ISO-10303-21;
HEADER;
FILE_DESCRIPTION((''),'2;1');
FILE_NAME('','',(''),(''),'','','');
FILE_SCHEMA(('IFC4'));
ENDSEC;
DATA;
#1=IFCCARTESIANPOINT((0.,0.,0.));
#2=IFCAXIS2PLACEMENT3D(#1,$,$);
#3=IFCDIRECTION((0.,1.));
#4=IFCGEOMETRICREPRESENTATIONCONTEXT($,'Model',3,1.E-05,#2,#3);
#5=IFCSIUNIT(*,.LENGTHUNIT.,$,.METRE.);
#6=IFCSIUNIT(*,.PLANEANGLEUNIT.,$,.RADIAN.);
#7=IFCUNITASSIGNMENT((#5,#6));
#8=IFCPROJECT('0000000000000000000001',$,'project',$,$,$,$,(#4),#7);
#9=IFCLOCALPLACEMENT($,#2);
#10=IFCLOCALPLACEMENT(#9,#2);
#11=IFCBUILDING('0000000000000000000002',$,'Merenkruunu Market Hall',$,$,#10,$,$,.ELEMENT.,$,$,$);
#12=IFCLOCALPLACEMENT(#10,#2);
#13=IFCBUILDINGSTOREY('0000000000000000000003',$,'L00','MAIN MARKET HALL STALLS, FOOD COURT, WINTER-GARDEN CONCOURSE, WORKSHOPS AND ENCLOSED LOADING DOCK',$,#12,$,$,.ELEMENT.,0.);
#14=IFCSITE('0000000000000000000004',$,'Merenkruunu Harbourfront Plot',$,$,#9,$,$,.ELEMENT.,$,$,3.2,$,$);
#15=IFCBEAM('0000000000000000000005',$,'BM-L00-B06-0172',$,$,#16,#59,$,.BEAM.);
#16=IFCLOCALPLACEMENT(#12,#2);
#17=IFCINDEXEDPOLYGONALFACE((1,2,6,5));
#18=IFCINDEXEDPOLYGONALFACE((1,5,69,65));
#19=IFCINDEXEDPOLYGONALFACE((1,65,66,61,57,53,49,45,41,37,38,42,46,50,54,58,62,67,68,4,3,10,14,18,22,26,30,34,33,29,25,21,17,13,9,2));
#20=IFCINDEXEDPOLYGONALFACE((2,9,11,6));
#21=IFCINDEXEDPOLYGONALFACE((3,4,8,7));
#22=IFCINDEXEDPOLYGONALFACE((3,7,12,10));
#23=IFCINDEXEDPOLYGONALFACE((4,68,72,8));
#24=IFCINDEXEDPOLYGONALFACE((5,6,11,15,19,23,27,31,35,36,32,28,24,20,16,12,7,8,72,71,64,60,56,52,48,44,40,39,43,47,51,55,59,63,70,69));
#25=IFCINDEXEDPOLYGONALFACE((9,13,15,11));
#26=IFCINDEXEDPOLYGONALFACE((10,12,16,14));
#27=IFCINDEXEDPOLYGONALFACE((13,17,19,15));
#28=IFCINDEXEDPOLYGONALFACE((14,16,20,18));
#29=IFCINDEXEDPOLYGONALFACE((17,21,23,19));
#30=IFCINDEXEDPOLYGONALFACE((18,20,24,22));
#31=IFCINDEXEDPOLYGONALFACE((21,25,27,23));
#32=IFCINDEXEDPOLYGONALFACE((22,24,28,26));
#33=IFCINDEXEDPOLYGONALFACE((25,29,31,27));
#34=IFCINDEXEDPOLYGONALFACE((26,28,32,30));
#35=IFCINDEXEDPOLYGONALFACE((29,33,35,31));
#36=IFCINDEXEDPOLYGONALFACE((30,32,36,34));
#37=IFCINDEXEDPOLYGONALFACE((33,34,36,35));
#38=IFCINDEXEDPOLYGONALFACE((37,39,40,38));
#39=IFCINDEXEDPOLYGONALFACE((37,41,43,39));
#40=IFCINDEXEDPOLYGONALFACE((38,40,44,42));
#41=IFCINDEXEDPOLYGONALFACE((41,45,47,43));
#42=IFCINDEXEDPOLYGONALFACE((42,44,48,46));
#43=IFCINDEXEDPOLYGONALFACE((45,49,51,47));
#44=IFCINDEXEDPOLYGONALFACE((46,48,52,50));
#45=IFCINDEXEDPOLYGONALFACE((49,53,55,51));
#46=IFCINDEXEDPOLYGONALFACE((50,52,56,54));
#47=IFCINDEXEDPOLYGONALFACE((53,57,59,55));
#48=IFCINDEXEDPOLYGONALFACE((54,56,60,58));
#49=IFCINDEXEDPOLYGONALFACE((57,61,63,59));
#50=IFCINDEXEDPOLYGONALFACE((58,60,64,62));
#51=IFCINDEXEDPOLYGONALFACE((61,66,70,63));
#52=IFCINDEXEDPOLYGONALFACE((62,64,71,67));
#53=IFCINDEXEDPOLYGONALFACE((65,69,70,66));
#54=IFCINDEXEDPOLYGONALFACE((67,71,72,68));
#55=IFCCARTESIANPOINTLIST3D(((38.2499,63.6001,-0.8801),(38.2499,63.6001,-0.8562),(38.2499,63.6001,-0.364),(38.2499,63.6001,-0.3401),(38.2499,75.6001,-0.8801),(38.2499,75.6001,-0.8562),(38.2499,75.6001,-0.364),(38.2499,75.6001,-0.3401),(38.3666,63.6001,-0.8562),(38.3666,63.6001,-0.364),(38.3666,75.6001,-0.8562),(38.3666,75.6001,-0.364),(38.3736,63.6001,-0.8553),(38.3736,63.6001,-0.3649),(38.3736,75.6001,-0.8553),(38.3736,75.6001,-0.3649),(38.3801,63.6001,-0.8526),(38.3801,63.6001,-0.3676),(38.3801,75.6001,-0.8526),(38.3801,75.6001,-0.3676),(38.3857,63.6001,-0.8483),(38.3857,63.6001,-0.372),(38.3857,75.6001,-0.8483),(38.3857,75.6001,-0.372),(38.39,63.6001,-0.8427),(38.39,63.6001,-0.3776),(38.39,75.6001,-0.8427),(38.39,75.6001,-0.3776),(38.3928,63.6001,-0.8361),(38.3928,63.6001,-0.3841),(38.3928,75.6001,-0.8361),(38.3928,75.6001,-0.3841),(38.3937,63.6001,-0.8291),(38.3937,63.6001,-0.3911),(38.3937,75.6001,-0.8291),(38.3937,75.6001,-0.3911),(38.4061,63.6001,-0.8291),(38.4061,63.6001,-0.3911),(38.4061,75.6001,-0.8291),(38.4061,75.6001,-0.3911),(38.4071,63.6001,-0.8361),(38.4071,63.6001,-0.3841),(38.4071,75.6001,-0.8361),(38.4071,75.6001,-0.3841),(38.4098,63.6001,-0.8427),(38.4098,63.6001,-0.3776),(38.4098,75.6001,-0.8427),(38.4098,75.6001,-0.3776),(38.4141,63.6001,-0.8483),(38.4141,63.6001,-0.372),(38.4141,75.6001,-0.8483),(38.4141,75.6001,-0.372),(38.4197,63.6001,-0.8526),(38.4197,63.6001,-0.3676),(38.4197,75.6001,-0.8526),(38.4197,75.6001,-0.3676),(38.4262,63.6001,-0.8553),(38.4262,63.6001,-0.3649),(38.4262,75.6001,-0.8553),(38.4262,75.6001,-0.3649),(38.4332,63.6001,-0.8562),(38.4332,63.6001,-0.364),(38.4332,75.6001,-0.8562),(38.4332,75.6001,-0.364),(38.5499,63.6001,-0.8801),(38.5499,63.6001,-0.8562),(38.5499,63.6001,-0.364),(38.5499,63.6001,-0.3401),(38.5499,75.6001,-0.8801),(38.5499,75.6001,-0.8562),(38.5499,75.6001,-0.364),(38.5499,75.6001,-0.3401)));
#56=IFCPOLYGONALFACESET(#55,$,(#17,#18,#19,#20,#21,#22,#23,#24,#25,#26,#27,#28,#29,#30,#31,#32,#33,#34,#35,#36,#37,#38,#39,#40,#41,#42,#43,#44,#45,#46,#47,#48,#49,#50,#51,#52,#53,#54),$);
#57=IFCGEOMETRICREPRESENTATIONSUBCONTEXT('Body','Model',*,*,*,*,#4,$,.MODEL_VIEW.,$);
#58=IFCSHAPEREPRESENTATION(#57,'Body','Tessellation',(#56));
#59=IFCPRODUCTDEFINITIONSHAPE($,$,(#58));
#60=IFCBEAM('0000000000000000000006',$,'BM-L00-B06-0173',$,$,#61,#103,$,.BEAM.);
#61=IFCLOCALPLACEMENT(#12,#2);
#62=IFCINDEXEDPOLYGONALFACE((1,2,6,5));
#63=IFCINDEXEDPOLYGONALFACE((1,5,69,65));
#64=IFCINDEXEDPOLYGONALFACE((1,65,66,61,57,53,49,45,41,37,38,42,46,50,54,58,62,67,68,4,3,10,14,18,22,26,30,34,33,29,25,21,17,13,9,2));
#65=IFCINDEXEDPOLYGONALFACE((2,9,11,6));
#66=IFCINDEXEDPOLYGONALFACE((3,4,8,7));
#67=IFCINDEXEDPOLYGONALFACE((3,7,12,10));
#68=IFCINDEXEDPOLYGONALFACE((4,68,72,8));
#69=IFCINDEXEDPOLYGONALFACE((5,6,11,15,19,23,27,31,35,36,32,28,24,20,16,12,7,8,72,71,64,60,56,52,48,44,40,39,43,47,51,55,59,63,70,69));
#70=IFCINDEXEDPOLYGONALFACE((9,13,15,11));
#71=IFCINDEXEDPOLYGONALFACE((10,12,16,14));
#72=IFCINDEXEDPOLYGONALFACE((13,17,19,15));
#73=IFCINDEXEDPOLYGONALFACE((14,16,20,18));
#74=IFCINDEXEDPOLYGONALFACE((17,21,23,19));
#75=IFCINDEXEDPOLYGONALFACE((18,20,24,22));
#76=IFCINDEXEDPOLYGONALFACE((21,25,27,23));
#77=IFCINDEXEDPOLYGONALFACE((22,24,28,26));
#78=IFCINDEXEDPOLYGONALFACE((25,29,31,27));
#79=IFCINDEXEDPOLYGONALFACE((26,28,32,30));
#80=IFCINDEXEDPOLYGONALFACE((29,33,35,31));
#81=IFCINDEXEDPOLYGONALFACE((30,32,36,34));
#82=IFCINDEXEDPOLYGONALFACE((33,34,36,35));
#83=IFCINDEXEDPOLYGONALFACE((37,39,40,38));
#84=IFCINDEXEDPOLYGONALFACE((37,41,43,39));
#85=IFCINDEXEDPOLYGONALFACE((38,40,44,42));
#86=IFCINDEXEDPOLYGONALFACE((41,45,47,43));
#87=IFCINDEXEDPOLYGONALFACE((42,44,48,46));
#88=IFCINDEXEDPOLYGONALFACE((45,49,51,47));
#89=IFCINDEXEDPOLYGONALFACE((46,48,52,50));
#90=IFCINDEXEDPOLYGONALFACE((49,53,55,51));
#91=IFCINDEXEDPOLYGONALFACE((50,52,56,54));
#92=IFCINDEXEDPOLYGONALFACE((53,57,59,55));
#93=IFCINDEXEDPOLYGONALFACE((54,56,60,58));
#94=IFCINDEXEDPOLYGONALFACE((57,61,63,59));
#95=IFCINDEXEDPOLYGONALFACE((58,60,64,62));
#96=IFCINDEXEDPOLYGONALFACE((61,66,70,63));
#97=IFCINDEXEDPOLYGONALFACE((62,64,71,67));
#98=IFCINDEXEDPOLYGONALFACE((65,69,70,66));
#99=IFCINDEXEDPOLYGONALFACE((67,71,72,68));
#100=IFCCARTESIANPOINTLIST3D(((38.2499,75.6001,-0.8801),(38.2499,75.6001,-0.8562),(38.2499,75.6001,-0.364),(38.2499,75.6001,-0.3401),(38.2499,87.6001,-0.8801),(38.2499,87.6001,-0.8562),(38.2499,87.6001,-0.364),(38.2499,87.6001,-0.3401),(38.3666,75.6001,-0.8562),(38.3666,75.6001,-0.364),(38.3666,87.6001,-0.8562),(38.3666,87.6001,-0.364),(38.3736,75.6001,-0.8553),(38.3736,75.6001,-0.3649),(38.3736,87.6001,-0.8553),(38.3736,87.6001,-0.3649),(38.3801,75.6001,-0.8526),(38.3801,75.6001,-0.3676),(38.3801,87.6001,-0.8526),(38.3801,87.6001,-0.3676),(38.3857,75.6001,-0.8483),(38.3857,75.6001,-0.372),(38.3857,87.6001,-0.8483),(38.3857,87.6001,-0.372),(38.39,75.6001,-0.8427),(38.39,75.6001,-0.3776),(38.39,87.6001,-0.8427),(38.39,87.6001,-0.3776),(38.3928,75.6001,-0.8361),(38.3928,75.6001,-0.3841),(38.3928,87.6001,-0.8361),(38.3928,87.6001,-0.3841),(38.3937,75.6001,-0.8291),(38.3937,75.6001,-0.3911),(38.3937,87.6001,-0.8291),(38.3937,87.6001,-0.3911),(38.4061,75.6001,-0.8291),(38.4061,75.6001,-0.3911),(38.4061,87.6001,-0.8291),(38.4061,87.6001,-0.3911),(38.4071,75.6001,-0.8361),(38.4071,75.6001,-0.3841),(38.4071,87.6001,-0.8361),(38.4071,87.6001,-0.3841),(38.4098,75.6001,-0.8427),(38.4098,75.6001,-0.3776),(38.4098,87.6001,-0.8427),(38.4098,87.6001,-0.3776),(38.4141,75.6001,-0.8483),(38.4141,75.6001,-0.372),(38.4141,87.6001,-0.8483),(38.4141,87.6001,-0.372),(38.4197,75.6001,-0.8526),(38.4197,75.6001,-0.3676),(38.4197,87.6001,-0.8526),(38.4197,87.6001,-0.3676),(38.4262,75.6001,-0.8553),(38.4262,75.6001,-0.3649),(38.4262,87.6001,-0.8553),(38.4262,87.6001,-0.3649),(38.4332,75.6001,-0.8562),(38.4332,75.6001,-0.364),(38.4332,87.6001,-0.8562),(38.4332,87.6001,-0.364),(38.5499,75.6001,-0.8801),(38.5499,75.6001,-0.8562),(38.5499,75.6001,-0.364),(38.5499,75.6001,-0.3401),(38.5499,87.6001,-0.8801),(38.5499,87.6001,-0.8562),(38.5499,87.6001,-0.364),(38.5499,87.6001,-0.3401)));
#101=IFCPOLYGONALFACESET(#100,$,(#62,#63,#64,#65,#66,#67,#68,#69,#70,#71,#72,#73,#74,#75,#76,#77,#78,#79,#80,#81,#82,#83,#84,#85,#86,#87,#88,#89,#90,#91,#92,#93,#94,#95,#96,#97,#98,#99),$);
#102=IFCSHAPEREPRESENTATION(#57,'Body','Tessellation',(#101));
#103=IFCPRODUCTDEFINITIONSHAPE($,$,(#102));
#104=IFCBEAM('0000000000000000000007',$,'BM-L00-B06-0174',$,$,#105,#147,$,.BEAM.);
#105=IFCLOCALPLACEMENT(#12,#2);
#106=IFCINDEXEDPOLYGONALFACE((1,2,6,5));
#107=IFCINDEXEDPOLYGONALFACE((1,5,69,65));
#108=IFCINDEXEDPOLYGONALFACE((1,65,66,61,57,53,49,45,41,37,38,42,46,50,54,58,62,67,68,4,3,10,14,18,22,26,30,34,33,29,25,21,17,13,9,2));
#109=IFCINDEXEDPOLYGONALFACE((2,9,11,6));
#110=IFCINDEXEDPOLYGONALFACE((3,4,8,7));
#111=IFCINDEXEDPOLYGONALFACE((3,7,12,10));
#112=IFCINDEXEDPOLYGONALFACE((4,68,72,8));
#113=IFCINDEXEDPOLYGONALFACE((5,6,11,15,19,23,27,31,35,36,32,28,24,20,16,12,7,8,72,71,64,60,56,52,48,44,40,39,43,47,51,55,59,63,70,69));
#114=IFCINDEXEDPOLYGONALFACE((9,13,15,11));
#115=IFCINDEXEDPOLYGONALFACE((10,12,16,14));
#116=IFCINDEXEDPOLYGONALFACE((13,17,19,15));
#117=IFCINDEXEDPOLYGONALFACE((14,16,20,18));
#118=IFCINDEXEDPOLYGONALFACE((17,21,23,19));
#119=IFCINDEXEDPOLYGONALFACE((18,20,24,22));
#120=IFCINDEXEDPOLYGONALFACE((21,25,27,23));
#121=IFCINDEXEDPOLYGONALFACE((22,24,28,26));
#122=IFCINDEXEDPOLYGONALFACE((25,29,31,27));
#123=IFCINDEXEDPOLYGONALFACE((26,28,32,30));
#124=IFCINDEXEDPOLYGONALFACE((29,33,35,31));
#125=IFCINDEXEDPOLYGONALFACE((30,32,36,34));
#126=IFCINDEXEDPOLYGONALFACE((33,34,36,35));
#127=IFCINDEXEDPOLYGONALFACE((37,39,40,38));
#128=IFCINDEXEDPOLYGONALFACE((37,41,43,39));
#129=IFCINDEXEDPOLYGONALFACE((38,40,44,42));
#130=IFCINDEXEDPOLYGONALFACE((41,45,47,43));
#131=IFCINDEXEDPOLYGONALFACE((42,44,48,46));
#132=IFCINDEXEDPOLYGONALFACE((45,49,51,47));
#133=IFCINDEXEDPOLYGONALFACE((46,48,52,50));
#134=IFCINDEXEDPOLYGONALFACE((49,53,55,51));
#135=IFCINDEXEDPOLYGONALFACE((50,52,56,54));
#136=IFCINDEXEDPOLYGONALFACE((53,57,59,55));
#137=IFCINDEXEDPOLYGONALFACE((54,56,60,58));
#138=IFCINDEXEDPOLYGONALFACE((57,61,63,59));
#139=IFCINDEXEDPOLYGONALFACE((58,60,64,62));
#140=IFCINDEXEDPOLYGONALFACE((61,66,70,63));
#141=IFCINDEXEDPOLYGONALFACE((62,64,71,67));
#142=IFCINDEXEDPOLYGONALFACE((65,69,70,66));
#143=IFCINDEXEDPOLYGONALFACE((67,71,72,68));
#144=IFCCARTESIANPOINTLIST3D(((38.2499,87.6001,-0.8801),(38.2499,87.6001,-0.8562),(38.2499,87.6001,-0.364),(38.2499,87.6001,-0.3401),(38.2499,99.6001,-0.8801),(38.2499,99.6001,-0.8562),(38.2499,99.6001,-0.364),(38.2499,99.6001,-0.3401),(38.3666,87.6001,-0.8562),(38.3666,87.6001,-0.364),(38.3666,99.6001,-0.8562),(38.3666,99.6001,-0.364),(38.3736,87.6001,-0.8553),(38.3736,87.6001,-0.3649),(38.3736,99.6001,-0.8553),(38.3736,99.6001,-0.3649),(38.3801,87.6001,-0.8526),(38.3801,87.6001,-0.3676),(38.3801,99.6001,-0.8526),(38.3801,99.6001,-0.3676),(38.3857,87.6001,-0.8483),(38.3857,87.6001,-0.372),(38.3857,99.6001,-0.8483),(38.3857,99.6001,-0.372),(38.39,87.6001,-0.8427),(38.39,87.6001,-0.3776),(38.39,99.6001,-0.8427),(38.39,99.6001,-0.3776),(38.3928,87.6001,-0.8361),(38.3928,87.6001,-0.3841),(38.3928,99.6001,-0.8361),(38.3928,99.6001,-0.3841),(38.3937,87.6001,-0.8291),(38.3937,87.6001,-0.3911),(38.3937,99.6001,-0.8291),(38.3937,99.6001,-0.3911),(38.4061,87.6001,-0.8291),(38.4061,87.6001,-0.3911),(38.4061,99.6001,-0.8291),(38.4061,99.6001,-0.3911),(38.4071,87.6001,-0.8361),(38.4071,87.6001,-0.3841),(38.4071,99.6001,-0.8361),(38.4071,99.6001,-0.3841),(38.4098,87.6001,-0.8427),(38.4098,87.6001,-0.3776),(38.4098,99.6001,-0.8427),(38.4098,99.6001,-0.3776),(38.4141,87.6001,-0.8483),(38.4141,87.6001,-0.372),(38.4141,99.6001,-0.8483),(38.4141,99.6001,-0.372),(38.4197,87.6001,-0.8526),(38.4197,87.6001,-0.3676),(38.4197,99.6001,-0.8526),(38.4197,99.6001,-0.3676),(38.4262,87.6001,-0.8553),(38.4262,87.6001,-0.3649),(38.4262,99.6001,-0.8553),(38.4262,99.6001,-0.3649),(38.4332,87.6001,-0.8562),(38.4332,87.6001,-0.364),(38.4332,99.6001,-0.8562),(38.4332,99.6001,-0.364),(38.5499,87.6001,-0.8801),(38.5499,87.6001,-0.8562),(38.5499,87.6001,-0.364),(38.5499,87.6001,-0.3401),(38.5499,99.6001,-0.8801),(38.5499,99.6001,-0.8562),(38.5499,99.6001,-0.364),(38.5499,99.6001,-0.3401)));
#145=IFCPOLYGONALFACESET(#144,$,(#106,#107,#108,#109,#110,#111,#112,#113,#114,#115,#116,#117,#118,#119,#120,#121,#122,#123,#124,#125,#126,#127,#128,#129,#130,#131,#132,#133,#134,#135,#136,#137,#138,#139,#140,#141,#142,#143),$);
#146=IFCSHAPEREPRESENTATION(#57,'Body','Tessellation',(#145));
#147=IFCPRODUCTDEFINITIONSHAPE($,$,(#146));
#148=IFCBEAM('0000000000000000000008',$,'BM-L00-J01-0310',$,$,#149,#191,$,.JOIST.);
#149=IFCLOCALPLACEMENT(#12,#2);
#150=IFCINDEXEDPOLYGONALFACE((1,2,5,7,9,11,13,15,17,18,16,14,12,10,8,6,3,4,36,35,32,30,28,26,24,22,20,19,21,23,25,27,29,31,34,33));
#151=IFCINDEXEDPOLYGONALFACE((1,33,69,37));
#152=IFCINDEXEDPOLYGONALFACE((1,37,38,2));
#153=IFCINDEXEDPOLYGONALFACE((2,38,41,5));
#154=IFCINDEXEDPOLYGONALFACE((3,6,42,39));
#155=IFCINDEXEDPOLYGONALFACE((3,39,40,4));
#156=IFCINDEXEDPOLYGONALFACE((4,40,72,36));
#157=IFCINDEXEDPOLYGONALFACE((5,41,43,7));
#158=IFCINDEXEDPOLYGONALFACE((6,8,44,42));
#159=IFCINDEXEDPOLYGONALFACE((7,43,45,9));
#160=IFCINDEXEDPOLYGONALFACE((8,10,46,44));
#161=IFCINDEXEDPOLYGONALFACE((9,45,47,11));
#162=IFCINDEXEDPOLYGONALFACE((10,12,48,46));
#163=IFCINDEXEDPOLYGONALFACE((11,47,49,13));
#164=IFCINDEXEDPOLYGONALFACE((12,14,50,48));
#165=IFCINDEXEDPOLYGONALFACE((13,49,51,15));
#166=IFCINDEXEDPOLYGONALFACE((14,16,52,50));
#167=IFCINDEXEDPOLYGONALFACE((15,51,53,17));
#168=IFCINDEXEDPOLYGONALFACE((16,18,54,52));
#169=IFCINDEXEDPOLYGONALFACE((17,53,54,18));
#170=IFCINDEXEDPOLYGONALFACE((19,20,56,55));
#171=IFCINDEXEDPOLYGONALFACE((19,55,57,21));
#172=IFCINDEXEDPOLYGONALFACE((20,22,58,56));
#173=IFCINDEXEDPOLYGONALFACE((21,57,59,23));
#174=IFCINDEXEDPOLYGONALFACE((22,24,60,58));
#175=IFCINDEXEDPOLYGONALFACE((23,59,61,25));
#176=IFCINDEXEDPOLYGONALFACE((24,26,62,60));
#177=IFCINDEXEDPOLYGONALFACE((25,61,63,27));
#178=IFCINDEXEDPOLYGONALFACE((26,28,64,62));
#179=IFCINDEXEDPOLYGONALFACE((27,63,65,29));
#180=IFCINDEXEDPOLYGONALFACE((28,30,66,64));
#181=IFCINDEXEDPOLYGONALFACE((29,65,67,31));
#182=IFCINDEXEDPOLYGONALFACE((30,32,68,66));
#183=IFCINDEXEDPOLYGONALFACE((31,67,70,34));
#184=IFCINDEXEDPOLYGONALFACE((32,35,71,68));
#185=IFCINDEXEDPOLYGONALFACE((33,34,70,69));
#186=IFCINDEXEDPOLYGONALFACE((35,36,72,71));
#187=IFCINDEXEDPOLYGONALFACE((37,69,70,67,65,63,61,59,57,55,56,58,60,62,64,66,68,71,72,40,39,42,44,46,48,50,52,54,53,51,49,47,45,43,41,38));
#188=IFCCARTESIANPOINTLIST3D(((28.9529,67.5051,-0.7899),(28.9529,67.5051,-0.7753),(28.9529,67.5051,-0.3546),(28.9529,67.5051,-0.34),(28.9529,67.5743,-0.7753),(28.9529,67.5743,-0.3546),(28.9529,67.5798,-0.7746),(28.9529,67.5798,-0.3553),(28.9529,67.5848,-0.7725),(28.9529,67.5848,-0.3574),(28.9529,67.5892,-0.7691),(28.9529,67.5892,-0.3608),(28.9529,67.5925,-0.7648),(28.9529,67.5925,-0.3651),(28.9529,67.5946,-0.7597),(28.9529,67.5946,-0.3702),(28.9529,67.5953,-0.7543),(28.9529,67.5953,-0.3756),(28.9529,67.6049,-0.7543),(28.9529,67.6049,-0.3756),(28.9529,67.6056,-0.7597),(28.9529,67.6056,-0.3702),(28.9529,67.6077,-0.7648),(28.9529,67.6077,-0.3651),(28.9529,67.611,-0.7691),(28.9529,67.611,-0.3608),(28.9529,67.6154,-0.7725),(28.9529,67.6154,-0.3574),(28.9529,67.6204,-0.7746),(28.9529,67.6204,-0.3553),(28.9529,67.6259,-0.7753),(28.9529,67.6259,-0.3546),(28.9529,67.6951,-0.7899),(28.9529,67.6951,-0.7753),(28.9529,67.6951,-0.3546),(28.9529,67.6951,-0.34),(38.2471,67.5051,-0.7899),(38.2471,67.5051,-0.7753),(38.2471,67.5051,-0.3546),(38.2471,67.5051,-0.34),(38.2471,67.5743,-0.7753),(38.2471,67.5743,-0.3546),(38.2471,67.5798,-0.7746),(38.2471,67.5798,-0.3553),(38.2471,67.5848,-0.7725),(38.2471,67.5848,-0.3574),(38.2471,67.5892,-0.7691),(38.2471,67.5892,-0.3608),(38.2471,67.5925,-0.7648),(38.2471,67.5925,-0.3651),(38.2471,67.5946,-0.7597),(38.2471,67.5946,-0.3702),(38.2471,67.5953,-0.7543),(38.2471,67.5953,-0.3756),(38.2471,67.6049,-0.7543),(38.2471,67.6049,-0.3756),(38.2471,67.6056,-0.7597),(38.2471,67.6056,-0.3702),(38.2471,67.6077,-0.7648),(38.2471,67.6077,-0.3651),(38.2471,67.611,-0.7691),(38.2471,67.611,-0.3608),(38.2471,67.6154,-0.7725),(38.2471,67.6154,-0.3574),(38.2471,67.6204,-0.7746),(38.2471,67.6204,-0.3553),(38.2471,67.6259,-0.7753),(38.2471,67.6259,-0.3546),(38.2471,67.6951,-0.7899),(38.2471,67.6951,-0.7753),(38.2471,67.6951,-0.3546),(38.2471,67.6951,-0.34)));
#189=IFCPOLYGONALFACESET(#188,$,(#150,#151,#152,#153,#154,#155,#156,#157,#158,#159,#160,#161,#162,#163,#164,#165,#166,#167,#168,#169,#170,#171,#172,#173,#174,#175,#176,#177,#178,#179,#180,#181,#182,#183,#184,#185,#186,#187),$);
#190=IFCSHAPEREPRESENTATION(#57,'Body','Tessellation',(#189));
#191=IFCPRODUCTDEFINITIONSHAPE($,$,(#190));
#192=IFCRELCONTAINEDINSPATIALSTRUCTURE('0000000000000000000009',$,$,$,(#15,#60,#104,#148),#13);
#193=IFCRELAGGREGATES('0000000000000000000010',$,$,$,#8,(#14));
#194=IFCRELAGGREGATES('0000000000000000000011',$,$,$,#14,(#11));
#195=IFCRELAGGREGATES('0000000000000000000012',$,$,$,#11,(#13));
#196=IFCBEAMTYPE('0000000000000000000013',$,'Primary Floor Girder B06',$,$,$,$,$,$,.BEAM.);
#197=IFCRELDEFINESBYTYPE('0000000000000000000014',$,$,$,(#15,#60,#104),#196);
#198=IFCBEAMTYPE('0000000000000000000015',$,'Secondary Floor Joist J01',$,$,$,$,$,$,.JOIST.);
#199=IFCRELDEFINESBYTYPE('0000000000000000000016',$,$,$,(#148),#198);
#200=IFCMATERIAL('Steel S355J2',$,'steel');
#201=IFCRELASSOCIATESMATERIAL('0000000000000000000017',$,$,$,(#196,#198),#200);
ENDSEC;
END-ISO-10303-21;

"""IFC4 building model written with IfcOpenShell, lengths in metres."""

from ifc_helpers import new_model, si_unit, direction, frame, origin, origin_2d, place, context, subcontext, project, spatial, i_section, extrude, material, material_profile, profile_set, type_object, element, save


model = new_model("IFC4")

# Units and contexts
model_context = context("Model", 3, precision=1e-05, world=origin(), true_north=direction((0.0, 1.0)))
body_context = subcontext(model_context, "Body", "Model", "MODEL_VIEW")
ifc_project = project(units=[si_unit("LENGTHUNIT", "METRE"), si_unit("PLANEANGLEUNIT", "RADIAN")], contexts=[model_context])

# Site, building, storey
site_placement = place(None, origin())
site = spatial("IfcSite", under=ifc_project, at=site_placement, Name="Merenkruunu Harbourfront Plot", CompositionType="ELEMENT", RefElevation=3.2)
building_placement = place(site_placement, origin())
building = spatial("IfcBuilding", under=site, at=building_placement, Name="Merenkruunu Market Hall", CompositionType="ELEMENT")
storey_placement = place(building_placement, origin())
storey = spatial("IfcBuildingStorey", under=building, at=storey_placement, Name="L00", Description="MAIN MARKET HALL STALLS, FOOD COURT, WINTER-GARDEN CONCOURSE, WORKSHOPS AND ENCLOSED LOADING DOCK", CompositionType="ELEMENT", Elevation=0.0)

# Shared definitions
ifc_material_1 = material(Name="Steel S355J2", Category="steel")

# Beams
ifc_material_profile_1 = material_profile(ifc_material_1, i_section(OverallWidth=0.3, OverallDepth=0.54, WebThickness=0.0125, FlangeThickness=0.0239, FilletRadius=0.0271, at=origin_2d()), Name="HEA 550")
ifc_profile_set_1 = profile_set([ifc_material_profile_1], Name="Steel S355J2")
beam_type_1 = type_object("IfcBeamType", Name="Primary Floor Girder B06", PredefinedType="BEAM", material=ifc_profile_set_1)
for number, where, z_axis, x_axis, name in (
    (1, (38.3999, 63.6001, -0.6101), (0.0, 1.0, 0.0), (-1.0, 0.0, 0.0), "BM-L00-B06-0172"),
    (2, (38.3999, 75.6001, -0.6101), (0.0, 1.0, 0.0), (-1.0, 0.0, 0.0), "BM-L00-B06-0173"),
    (3, (38.3999, 87.6001, -0.6101), (0.0, 1.0, 0.0), (-1.0, 0.0, 0.0), "BM-L00-B06-0174"),
):
    element("IfcBeam", number, at=place(storey_placement, frame(where, z_axis=z_axis, x_axis=x_axis)), inside=storey, type_object=beam_type_1, Name=name, PredefinedType="BEAM", context=body_context, shape_type="SweptSolid", body=[
        extrude(i_section(OverallWidth=0.3, OverallDepth=0.54, WebThickness=0.0125, FlangeThickness=0.0239, FilletRadius=0.0271, at=origin_2d()), origin(), (0.0, 0.0, 1.0), 12.0),
    ])
ifc_material_profile_2 = material_profile(ifc_material_1, i_section(OverallWidth=0.1899, OverallDepth=0.45, WebThickness=0.0095, FlangeThickness=0.0146, FilletRadius=0.021, at=origin_2d()), Name="IPE 450")
ifc_profile_set_2 = profile_set([ifc_material_profile_2], Name="Steel S355J2")
beam_type_2 = type_object("IfcBeamType", Name="Secondary Floor Joist J01", PredefinedType="JOIST", material=ifc_profile_set_2)
for number, where, z_axis, x_axis, name in (
    (4, (28.9529, 67.6001, -0.5649), (1.0, 0.0, 0.0), (0.0, 1.0, 0.0), "BM-L00-J01-0310"),
):
    element("IfcBeam", number, at=place(storey_placement, frame(where, z_axis=z_axis, x_axis=x_axis)), inside=storey, type_object=beam_type_2, Name=name, PredefinedType="JOIST", context=body_context, shape_type="SweptSolid", body=[
        extrude(i_section(OverallWidth=0.1899, OverallDepth=0.45, WebThickness=0.0095, FlangeThickness=0.0146, FilletRadius=0.021, at=origin_2d()), origin(), (0.0, 0.0, 1.0), 9.2942),
    ])

save(model, "model.ifc")
